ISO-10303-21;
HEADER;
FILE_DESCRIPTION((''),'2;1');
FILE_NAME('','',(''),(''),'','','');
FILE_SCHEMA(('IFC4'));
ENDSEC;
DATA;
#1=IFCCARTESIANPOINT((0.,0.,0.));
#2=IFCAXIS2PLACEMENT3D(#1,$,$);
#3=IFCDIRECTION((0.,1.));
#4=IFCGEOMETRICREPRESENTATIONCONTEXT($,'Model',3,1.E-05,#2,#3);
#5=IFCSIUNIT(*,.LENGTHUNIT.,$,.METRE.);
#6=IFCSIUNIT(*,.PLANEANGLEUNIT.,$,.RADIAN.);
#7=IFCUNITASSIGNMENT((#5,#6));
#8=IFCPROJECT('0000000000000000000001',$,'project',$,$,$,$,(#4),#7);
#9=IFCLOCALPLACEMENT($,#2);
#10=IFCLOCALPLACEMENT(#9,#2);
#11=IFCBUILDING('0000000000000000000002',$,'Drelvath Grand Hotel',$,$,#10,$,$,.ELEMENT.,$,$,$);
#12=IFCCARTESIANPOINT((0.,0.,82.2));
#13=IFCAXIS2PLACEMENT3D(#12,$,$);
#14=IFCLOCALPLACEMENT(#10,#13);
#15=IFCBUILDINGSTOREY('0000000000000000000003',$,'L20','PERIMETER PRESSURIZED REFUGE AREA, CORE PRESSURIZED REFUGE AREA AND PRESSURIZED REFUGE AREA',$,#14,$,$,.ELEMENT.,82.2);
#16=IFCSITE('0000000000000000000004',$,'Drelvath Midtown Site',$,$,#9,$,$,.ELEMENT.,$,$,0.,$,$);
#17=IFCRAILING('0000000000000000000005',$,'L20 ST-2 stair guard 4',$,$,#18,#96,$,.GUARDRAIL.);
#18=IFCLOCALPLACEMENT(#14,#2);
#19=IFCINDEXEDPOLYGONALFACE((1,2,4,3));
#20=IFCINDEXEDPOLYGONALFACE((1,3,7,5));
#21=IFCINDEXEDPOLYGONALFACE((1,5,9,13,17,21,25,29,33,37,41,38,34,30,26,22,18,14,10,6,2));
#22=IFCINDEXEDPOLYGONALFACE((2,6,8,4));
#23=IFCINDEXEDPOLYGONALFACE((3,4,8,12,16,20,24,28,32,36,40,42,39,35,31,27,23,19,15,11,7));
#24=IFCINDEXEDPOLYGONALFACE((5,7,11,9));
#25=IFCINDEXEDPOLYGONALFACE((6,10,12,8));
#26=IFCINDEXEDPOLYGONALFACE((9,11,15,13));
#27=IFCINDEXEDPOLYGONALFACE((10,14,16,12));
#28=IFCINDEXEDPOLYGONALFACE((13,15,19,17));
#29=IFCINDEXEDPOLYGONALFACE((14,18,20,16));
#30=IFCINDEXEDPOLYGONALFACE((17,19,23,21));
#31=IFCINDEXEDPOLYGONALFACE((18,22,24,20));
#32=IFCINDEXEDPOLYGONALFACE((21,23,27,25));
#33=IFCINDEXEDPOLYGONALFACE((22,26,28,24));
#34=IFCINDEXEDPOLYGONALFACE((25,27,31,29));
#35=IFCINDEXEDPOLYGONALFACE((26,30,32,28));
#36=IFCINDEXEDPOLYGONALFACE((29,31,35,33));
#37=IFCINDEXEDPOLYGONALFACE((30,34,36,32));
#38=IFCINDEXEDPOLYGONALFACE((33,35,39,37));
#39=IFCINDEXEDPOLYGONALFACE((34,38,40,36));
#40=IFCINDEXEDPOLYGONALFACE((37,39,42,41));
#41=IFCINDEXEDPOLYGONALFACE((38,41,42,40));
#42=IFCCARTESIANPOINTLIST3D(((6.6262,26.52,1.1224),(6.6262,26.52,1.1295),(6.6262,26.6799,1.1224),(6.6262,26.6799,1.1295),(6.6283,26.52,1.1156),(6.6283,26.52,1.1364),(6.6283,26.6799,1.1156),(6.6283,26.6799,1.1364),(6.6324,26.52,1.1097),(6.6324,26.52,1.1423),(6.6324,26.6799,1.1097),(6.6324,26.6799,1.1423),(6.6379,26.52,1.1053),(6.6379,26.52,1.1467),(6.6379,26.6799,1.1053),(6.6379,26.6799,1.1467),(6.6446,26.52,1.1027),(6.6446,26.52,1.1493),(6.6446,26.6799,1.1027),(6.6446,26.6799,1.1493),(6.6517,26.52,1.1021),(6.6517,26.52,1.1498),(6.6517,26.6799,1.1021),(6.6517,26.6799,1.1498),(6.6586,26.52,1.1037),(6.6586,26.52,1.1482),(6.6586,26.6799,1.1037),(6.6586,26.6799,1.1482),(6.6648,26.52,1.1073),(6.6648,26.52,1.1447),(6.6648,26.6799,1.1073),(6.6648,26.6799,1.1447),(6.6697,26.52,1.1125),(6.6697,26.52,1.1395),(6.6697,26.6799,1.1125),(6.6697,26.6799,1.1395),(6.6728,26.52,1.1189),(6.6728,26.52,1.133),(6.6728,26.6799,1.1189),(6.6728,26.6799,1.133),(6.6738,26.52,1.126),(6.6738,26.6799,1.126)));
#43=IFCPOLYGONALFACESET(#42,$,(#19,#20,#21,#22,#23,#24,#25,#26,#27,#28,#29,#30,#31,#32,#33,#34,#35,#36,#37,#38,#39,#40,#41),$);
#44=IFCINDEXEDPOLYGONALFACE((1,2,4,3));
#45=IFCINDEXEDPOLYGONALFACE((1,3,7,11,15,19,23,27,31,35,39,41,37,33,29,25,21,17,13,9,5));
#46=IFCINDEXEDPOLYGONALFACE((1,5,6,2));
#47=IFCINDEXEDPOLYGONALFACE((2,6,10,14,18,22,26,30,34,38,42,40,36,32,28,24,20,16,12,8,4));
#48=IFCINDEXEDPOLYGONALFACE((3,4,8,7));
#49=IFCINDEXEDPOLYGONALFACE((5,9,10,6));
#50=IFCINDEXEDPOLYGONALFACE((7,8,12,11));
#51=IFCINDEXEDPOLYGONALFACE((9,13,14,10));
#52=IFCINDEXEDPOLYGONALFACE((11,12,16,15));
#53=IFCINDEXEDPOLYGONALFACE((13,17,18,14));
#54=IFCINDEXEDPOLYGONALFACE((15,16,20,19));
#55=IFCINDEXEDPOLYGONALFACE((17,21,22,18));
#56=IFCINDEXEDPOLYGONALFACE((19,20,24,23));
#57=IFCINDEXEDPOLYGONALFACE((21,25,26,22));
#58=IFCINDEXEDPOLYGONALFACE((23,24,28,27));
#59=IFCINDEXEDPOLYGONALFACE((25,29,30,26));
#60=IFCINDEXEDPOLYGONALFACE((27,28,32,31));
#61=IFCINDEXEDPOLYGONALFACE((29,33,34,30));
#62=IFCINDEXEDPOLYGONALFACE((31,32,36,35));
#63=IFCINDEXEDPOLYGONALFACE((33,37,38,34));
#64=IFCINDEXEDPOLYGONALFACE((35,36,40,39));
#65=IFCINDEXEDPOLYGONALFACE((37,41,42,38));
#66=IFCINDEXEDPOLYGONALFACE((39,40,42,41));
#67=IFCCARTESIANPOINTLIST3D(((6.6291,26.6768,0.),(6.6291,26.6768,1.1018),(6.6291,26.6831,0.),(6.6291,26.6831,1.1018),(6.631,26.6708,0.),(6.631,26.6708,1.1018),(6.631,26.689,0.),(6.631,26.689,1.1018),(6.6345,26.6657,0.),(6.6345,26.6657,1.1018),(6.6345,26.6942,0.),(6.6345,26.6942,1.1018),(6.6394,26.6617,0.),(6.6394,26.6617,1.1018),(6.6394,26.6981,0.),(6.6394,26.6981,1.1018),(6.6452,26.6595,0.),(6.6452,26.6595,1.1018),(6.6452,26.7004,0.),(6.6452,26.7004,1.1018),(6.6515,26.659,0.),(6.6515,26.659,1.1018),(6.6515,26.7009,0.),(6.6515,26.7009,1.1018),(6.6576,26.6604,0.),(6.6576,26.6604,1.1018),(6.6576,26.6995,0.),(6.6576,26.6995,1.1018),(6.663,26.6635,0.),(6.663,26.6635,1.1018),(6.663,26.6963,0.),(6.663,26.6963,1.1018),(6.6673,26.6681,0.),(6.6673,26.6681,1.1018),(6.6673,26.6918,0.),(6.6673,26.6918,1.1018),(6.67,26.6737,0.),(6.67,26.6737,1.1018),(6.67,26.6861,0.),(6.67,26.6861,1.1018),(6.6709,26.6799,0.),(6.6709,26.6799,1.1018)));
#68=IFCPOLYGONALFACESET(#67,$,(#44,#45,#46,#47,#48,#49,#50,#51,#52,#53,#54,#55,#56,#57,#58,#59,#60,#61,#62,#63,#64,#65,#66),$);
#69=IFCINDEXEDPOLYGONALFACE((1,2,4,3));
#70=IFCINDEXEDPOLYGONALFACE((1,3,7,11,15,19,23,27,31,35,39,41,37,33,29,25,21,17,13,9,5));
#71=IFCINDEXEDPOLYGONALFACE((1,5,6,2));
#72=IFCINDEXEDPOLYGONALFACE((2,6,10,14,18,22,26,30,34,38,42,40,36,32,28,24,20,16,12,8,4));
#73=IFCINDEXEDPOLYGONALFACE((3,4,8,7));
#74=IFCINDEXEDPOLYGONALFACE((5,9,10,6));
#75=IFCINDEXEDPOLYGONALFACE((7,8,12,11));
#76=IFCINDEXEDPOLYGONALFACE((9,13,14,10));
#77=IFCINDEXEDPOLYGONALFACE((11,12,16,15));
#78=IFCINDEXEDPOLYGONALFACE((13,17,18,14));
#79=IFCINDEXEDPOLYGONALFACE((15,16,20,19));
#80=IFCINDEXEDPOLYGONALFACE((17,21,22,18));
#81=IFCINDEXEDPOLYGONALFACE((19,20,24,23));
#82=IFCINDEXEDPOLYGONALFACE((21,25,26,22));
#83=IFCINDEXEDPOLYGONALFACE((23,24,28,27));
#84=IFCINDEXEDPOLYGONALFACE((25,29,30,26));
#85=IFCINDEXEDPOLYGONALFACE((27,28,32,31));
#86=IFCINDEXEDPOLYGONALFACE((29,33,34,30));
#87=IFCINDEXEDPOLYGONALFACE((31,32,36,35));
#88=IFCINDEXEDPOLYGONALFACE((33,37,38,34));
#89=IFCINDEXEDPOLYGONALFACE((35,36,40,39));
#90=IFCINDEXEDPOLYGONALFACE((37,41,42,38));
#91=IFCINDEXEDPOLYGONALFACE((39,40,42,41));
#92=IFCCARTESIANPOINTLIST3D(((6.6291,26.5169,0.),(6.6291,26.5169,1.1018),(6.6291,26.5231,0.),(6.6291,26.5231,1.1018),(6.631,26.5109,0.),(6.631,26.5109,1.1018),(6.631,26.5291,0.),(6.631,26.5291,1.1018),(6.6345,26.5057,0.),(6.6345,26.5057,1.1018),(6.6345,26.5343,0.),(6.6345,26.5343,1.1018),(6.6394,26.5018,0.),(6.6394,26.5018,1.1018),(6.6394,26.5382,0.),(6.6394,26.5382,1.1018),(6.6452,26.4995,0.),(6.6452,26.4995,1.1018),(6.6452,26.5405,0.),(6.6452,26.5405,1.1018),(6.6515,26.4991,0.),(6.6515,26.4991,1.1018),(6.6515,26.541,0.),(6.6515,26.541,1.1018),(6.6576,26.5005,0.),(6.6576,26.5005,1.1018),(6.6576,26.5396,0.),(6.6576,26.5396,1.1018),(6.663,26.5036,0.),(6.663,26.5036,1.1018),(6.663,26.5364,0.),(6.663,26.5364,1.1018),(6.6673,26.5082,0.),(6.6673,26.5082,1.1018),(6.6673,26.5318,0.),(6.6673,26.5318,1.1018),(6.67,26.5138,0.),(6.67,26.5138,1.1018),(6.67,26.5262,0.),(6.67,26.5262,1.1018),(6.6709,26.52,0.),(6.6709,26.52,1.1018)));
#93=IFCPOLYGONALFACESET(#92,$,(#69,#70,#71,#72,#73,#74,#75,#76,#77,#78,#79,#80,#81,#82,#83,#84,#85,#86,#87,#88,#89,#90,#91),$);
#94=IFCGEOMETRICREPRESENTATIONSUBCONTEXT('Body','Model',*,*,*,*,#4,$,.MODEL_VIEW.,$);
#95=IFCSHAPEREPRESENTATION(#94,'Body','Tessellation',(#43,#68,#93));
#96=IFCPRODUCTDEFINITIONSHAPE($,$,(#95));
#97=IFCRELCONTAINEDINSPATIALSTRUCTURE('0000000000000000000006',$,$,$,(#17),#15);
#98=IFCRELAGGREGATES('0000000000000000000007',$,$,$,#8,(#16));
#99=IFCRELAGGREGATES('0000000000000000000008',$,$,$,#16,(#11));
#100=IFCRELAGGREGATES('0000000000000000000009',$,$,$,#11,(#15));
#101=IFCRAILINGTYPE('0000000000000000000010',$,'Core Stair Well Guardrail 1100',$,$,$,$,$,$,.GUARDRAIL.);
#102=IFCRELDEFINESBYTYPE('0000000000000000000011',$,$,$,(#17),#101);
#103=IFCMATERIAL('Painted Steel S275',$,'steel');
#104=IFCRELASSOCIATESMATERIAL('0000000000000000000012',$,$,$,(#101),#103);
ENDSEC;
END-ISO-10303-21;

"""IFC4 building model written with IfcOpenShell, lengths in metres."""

from ifc_helpers import new_model, si_unit, direction, frame, origin, origin_2d, place, context, subcontext, project, spatial, circle, extrude, material, type_object, element, save


model = new_model("IFC4")

# Units and contexts
model_context = context("Model", 3, precision=1e-05, world=origin(), true_north=direction((0.0, 1.0)))
body_context = subcontext(model_context, "Body", "Model", "MODEL_VIEW")
ifc_project = project(units=[si_unit("LENGTHUNIT", "METRE"), si_unit("PLANEANGLEUNIT", "RADIAN")], contexts=[model_context])

# Site, building, storey
site_placement = place(None, origin())
site = spatial("IfcSite", under=ifc_project, at=site_placement, Name="Drelvath Midtown Site", CompositionType="ELEMENT", RefElevation=0.0)
building_placement = place(site_placement, origin())
building = spatial("IfcBuilding", under=site, at=building_placement, Name="Drelvath Grand Hotel", CompositionType="ELEMENT")
storey_placement = place(building_placement, frame((0.0, 0.0, 82.2)))
storey = spatial("IfcBuildingStorey", under=building, at=storey_placement, Name="L20", Description="PERIMETER PRESSURIZED REFUGE AREA, CORE PRESSURIZED REFUGE AREA AND PRESSURIZED REFUGE AREA", CompositionType="ELEMENT", Elevation=82.2)

# Shared definitions
ifc_material_1 = material(Name="Painted Steel S275", Category="steel")

# Railing
railing_type_1 = type_object("IfcRailingType", Name="Core Stair Well Guardrail 1100", PredefinedType="GUARDRAIL", material=ifc_material_1)
railing_1_placement = place(storey_placement, frame((6.6499, 26.6799, 0.0)))
element("IfcRailing", 1, at=railing_1_placement, inside=storey, type_object=railing_type_1, Name="L20 ST-2 stair guard 4", PredefinedType="GUARDRAIL", context=body_context, shape_type="SweptSolid", body=[
    extrude(circle(Radius=0.0239, at=origin_2d()), frame((0.0, 0.0, 1.126), z_axis=(0.0, -1.0, 0.0), x_axis=(1.0, 0.0, 0.0)), (0.0, 0.0, 1.0), 0.1599),
    extrude(circle(Radius=0.021, at=origin_2d()), origin(), (0.0, 0.0, 1.0), 1.1018),
    extrude(circle(Radius=0.021, at=origin_2d()), frame((0.0, -0.1599, 0.0)), (0.0, 0.0, 1.0), 1.1018),
])

save(model, "model.ifc")
